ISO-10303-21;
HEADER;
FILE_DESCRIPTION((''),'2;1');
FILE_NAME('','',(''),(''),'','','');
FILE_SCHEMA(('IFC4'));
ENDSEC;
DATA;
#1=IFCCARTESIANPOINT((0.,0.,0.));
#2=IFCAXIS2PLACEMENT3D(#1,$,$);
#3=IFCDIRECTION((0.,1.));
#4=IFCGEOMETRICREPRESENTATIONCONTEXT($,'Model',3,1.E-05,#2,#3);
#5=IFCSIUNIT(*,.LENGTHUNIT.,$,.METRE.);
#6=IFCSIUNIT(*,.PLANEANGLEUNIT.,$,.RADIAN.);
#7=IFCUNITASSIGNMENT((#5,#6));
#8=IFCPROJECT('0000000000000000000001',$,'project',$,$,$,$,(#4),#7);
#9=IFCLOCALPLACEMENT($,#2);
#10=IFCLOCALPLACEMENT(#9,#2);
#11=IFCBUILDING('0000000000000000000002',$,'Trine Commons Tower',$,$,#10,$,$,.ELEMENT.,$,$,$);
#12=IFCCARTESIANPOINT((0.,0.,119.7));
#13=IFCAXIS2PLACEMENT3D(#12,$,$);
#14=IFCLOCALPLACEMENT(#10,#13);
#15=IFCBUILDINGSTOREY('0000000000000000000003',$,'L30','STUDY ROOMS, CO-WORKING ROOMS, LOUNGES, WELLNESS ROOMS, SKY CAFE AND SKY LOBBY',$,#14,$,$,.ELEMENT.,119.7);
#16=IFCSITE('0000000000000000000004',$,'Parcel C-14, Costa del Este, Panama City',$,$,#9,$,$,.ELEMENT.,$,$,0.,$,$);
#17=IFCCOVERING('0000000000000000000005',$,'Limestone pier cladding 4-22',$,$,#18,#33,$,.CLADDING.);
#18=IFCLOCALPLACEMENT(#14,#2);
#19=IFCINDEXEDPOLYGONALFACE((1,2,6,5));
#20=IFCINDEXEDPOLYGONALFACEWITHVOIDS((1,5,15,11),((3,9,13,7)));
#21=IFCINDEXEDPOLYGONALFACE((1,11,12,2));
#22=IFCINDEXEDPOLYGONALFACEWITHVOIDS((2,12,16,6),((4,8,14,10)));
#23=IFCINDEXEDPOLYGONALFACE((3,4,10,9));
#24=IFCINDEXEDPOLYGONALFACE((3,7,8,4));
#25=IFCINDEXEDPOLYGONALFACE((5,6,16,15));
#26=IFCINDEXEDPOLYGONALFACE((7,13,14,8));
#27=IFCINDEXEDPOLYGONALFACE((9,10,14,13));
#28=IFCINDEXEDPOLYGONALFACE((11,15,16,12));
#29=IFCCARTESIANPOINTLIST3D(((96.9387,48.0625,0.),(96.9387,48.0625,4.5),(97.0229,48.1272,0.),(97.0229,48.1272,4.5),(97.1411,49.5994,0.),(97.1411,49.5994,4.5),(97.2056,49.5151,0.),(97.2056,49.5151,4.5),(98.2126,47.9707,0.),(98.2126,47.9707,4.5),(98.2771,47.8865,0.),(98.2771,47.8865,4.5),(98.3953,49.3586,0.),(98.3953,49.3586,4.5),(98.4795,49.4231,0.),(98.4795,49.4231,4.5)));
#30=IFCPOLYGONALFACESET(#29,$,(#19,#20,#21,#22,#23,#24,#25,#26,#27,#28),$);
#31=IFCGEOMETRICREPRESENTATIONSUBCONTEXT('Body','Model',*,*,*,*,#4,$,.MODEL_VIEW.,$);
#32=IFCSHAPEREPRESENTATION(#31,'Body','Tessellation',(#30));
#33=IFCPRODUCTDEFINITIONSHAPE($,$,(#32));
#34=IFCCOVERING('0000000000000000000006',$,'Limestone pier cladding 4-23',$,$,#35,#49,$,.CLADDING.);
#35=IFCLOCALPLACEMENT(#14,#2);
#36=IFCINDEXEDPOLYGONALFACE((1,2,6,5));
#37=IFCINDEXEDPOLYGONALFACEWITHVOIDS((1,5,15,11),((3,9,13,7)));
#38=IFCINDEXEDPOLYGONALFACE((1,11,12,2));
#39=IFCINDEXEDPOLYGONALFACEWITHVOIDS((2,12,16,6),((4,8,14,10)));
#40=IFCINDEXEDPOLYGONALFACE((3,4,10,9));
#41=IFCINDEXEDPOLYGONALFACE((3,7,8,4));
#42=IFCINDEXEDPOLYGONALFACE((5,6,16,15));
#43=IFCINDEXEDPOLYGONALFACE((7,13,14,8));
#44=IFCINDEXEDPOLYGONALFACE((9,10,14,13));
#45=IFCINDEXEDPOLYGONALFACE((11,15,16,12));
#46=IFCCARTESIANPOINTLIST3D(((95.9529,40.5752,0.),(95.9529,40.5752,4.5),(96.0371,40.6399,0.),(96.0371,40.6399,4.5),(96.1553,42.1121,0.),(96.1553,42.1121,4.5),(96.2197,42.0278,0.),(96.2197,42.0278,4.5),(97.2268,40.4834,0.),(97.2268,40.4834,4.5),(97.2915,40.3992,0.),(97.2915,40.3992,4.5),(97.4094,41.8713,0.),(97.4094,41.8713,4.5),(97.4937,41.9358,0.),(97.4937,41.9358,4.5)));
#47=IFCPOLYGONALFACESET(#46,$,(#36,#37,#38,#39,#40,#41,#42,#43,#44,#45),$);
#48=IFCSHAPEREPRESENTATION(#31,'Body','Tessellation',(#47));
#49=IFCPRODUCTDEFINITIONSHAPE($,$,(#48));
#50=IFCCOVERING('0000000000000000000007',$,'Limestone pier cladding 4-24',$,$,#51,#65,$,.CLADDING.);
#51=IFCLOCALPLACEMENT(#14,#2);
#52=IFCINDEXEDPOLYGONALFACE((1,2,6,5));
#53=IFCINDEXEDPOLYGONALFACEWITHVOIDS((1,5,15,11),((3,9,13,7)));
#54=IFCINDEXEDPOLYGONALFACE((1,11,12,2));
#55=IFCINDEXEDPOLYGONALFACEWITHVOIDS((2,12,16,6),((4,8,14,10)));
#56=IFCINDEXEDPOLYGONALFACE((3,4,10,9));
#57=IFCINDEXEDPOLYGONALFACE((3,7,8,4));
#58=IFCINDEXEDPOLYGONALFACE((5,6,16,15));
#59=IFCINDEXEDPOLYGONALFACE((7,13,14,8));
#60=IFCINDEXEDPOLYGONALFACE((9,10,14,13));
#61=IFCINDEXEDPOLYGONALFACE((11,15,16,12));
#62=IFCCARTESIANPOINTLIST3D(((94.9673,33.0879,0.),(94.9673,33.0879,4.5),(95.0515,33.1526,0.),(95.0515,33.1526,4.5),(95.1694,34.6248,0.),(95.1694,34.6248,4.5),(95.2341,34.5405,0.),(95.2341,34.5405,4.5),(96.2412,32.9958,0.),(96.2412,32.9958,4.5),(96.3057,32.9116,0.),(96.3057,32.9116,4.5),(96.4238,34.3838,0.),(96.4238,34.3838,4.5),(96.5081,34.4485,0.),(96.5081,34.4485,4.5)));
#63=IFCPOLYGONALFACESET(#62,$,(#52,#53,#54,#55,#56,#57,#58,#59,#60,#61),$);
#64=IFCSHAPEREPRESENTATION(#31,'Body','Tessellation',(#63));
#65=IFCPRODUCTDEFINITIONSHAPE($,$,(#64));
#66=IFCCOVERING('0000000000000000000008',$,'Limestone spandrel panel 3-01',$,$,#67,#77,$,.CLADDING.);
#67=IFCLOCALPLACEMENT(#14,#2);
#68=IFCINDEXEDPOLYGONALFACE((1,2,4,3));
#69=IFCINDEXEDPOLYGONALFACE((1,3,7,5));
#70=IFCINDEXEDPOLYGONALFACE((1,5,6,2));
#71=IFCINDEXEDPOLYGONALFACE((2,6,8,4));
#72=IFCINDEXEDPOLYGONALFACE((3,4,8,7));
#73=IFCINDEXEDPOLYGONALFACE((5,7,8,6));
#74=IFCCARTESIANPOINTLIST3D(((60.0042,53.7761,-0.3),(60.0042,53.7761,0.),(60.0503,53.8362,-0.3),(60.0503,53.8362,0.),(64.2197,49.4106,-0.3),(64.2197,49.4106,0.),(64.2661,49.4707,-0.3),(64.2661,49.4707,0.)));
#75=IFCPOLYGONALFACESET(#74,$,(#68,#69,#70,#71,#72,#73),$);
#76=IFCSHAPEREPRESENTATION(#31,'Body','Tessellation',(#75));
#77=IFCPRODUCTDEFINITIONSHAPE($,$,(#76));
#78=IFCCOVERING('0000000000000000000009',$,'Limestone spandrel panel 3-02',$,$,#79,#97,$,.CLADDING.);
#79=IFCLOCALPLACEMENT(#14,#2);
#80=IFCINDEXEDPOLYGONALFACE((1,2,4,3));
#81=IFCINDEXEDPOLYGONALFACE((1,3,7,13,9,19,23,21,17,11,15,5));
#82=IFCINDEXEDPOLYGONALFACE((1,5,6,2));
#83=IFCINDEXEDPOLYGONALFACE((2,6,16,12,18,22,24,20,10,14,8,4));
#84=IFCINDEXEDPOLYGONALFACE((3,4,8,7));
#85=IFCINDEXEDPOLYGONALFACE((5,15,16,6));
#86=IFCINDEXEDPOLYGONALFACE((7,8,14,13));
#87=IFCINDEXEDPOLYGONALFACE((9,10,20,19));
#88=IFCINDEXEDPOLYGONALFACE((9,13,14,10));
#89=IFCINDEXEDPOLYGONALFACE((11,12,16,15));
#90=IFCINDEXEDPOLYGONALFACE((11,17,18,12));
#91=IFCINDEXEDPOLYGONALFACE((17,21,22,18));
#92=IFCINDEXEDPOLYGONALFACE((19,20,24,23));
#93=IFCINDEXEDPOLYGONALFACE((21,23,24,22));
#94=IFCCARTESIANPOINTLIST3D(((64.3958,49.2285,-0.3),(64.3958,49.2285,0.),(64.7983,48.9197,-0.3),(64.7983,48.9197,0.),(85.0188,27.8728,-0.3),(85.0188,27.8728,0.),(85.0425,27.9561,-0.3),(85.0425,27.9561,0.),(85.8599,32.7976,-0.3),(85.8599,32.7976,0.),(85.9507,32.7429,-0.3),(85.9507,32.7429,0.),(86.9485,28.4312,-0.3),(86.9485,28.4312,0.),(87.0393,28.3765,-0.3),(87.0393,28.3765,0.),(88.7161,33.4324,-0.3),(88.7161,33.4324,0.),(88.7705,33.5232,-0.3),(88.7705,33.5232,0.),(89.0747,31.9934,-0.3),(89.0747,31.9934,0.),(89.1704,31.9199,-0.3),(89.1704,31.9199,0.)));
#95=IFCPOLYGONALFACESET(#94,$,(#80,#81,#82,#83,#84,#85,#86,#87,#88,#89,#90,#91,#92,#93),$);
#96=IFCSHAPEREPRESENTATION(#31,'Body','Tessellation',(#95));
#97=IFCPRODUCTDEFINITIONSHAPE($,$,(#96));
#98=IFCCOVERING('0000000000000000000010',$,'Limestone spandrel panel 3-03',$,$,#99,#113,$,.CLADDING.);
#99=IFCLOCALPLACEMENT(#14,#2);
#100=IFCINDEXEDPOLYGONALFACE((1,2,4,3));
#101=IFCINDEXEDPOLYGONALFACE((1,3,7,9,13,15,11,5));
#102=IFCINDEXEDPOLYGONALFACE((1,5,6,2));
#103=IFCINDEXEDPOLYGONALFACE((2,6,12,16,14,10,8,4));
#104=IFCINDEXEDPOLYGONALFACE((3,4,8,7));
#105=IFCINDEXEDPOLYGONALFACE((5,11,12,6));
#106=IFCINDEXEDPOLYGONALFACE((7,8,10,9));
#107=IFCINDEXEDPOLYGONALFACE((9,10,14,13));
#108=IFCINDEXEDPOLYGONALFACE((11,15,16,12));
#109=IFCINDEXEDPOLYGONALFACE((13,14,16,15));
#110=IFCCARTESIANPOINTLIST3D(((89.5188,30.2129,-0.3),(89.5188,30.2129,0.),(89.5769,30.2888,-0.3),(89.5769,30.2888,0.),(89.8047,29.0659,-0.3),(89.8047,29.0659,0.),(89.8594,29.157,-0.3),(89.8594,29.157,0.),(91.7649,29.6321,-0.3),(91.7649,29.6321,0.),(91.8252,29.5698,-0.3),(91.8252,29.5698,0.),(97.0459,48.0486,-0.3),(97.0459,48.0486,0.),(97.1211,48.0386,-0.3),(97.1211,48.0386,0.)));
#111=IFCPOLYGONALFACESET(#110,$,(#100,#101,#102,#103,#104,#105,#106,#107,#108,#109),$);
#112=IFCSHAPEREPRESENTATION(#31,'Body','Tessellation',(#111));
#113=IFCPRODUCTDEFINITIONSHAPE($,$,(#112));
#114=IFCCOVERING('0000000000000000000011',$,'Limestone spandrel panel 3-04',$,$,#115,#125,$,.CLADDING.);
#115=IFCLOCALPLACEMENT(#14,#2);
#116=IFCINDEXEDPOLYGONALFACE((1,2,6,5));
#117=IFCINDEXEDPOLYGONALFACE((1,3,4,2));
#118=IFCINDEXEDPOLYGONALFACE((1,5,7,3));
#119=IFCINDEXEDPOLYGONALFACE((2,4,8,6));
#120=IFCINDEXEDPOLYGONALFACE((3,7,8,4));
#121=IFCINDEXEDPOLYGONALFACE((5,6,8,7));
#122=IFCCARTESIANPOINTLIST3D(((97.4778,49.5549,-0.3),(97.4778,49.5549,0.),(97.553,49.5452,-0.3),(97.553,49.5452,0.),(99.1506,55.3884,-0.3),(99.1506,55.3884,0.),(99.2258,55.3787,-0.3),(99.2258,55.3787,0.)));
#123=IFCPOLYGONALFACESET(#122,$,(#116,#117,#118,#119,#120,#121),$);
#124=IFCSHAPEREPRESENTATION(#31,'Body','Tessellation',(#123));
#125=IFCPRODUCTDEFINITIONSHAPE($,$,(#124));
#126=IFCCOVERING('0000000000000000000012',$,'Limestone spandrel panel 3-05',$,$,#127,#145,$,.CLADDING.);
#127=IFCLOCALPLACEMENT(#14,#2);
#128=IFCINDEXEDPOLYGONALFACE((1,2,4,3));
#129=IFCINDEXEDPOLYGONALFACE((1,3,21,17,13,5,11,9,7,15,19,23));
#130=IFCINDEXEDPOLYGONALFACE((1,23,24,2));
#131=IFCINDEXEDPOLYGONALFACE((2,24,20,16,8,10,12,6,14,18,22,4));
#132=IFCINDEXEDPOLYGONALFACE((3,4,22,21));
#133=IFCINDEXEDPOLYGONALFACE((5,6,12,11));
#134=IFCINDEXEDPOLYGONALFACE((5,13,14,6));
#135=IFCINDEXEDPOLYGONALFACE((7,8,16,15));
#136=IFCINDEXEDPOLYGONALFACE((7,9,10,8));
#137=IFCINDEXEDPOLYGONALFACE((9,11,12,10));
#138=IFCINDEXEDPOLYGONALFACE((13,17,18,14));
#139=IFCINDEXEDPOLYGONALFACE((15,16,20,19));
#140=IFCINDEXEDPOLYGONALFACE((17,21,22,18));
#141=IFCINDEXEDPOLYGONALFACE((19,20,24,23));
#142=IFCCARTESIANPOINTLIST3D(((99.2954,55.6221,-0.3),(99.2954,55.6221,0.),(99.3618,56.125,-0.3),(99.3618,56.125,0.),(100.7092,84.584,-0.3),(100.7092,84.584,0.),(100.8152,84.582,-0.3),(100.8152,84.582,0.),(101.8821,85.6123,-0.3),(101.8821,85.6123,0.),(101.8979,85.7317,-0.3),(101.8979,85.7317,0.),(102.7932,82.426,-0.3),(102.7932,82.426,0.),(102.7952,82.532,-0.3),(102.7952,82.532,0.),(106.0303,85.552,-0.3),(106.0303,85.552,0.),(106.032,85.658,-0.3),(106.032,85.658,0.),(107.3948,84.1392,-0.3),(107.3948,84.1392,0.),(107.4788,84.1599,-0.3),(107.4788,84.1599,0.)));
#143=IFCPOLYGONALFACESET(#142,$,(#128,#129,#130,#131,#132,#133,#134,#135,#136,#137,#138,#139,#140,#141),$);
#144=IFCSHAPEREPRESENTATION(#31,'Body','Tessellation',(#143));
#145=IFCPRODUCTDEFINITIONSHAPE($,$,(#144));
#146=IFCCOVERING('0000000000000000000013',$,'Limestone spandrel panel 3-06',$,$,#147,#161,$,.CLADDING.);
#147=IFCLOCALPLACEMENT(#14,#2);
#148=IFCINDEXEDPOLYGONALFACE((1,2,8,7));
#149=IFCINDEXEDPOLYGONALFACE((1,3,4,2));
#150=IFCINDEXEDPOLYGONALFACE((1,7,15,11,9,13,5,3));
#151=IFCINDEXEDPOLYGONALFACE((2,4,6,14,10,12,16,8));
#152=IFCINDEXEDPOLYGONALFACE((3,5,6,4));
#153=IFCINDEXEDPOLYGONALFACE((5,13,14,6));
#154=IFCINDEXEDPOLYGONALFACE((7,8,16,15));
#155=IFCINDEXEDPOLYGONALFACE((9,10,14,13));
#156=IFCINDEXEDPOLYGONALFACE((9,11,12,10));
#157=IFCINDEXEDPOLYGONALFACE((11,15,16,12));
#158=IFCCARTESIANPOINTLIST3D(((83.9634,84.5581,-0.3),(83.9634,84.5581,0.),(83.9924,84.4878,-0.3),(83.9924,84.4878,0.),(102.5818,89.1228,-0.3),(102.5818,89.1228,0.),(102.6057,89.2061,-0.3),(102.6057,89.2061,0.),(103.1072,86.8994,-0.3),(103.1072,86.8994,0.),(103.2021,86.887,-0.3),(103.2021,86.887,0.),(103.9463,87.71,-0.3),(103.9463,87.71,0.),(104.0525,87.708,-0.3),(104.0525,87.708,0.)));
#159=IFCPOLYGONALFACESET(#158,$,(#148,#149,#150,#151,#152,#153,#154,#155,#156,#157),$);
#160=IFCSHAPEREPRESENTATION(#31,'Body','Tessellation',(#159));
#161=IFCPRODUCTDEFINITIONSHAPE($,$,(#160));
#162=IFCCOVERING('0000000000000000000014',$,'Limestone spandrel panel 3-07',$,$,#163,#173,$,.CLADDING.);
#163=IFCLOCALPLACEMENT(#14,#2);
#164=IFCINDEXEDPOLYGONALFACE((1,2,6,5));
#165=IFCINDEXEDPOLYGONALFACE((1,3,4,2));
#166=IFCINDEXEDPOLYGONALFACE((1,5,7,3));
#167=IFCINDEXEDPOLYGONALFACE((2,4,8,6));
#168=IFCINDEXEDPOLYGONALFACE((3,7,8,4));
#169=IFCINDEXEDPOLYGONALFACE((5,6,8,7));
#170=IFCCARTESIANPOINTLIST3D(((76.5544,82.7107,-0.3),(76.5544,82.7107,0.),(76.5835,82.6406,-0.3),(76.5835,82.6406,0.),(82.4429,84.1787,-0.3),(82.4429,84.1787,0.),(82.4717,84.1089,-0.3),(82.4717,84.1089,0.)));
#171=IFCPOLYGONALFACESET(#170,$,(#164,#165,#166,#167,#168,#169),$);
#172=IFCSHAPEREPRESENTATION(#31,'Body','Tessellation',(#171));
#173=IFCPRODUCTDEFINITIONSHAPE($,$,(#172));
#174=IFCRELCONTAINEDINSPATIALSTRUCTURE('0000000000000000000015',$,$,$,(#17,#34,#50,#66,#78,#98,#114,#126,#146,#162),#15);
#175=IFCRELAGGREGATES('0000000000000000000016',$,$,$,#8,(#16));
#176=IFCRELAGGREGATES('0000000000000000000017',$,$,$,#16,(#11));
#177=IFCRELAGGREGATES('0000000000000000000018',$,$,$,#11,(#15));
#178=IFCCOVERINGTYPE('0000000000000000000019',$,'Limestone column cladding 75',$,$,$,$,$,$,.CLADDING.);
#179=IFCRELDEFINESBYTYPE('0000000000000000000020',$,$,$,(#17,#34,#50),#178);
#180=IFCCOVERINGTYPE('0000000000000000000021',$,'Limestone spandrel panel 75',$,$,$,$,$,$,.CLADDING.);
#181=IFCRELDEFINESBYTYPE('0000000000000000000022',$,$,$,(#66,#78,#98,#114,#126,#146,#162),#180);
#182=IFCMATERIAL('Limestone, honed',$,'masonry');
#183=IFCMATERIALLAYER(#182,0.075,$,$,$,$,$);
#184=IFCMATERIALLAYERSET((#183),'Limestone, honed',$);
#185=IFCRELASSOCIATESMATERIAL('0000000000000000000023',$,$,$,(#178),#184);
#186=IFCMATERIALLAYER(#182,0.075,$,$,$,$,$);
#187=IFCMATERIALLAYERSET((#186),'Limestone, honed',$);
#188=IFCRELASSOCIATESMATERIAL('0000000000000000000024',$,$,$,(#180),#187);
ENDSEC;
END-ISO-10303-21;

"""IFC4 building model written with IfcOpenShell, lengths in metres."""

from ifc_helpers import new_model, si_unit, direction, frame, origin, place, context, subcontext, project, spatial, polyline, outline, extrude, material, layer, layer_set, type_object, element, save


model = new_model("IFC4")

# Units and contexts
model_context = context("Model", 3, precision=1e-05, world=origin(), true_north=direction((0.0, 1.0)))
body_context = subcontext(model_context, "Body", "Model", "MODEL_VIEW")
ifc_project = project(units=[si_unit("LENGTHUNIT", "METRE"), si_unit("PLANEANGLEUNIT", "RADIAN")], contexts=[model_context])

# Site, building, storey
site_placement = place(None, origin())
site = spatial("IfcSite", under=ifc_project, at=site_placement, Name="Parcel C-14, Costa del Este, Panama City", CompositionType="ELEMENT", RefElevation=0.0)
building_placement = place(site_placement, origin())
building = spatial("IfcBuilding", under=site, at=building_placement, Name="Trine Commons Tower", CompositionType="ELEMENT")
storey_placement = place(building_placement, frame((0.0, 0.0, 119.7)))
storey = spatial("IfcBuildingStorey", under=building, at=storey_placement, Name="L30", Description="STUDY ROOMS, CO-WORKING ROOMS, LOUNGES, WELLNESS ROOMS, SKY CAFE AND SKY LOBBY", CompositionType="ELEMENT", Elevation=119.7)

# Coverings
ifc_material_1 = material(Name="Limestone, honed", Category="masonry")
ifc_layer_1 = layer(ifc_material_1, 0.075)
ifc_layer_set_1 = layer_set([ifc_layer_1], Name="Limestone, honed")
covering_type_1 = type_object("IfcCoveringType", Name="Limestone column cladding 75", PredefinedType="CLADDING", material=ifc_layer_set_1)
covering_1_placement = place(storey_placement, origin())
element("IfcCovering", 1, at=covering_1_placement, inside=storey, type_object=covering_type_1, Name="Limestone pier cladding 4-22", PredefinedType="CLADDING", context=body_context, shape_type="SweptSolid", body=[
    extrude(outline(polyline([(98.4795, 49.4231), (97.1411, 49.5994), (96.9387, 48.0625), (98.2771, 47.8865), (98.4795, 49.4231)]), holes=[polyline([(98.3953, 49.3586), (97.2056, 49.5151), (97.0229, 48.1272), (98.2126, 47.9707), (98.3953, 49.3586)])]), origin(), (0.0, 0.0, 1.0), 4.5),
])
covering_2_placement = place(storey_placement, origin())
element("IfcCovering", 2, at=covering_2_placement, inside=storey, type_object=covering_type_1, Name="Limestone pier cladding 4-23", PredefinedType="CLADDING", context=body_context, shape_type="SweptSolid", body=[
    extrude(outline(polyline([(97.4937, 41.9358), (96.1553, 42.1121), (95.9529, 40.5752), (97.2915, 40.3992), (97.4937, 41.9358)]), holes=[polyline([(97.4094, 41.8713), (96.2197, 42.0278), (96.0371, 40.6399), (97.2268, 40.4834), (97.4094, 41.8713)])]), origin(), (0.0, 0.0, 1.0), 4.5),
])
covering_3_placement = place(storey_placement, origin())
element("IfcCovering", 3, at=covering_3_placement, inside=storey, type_object=covering_type_1, Name="Limestone pier cladding 4-24", PredefinedType="CLADDING", context=body_context, shape_type="SweptSolid", body=[
    extrude(outline(polyline([(96.5081, 34.4485), (95.1694, 34.6248), (94.9673, 33.0879), (96.3057, 32.9116), (96.5081, 34.4485)]), holes=[polyline([(96.4238, 34.3838), (95.2341, 34.5405), (95.0515, 33.1526), (96.2412, 32.9958), (96.4238, 34.3838)])]), origin(), (0.0, 0.0, 1.0), 4.5),
])
ifc_layer_2 = layer(ifc_material_1, 0.075)
ifc_layer_set_2 = layer_set([ifc_layer_2], Name="Limestone, honed")
covering_type_2 = type_object("IfcCoveringType", Name="Limestone spandrel panel 75", PredefinedType="CLADDING", material=ifc_layer_set_2)
covering_4_placement = place(storey_placement, frame((0.0, 0.0, -0.3)))
element("IfcCovering", 4, at=covering_4_placement, inside=storey, type_object=covering_type_2, Name="Limestone spandrel panel 3-01", PredefinedType="CLADDING", context=body_context, shape_type="SweptSolid", body=[
    extrude(outline(polyline([(60.0042, 53.7761), (64.2197, 49.4106), (64.2661, 49.4707), (60.0503, 53.8362), (60.0042, 53.7761)])), origin(), (0.0, 0.0, 1.0), 0.3),
])
covering_5_placement = place(storey_placement, frame((0.0, 0.0, -0.3)))
element("IfcCovering", 5, at=covering_5_placement, inside=storey, type_object=covering_type_2, Name="Limestone spandrel panel 3-02", PredefinedType="CLADDING", context=body_context, shape_type="SweptSolid", body=[
    extrude(outline(polyline([(88.7161, 33.4324), (89.0747, 31.9934), (89.1704, 31.9199), (88.7705, 33.5232), (85.8599, 32.7976), (86.9485, 28.4312), (85.0425, 27.9561), (64.7983, 48.9197), (64.3958, 49.2285), (85.0188, 27.8728), (87.0393, 28.3765), (85.9507, 32.7429), (88.7161, 33.4324)])), origin(), (0.0, 0.0, 1.0), 0.3),
])
covering_6_placement = place(storey_placement, frame((0.0, 0.0, -0.3)))
element("IfcCovering", 6, at=covering_6_placement, inside=storey, type_object=covering_type_2, Name="Limestone spandrel panel 3-03", PredefinedType="CLADDING", context=body_context, shape_type="SweptSolid", body=[
    extrude(outline(polyline([(89.5188, 30.2129), (89.8047, 29.0659), (91.8252, 29.5698), (97.1211, 48.0386), (97.0459, 48.0486), (91.7649, 29.6321), (89.8594, 29.157), (89.5769, 30.2888), (89.5188, 30.2129)])), origin(), (0.0, 0.0, 1.0), 0.3),
])
covering_7_placement = place(storey_placement, frame((0.0, 0.0, -0.3)))
element("IfcCovering", 7, at=covering_7_placement, inside=storey, type_object=covering_type_2, Name="Limestone spandrel panel 3-04", PredefinedType="CLADDING", context=body_context, shape_type="SweptSolid", body=[
    extrude(outline(polyline([(97.553, 49.5452), (99.2258, 55.3787), (99.1506, 55.3884), (97.4778, 49.5549), (97.553, 49.5452)])), origin(), (0.0, 0.0, 1.0), 0.3),
])
covering_8_placement = place(storey_placement, frame((0.0, 0.0, -0.3)))
element("IfcCovering", 8, at=covering_8_placement, inside=storey, type_object=covering_type_2, Name="Limestone spandrel panel 3-05", PredefinedType="CLADDING", context=body_context, shape_type="SweptSolid", body=[
    extrude(outline(polyline([(100.8152, 84.582), (101.8821, 85.6123), (101.8979, 85.7317), (100.7092, 84.584), (102.7932, 82.426), (106.0303, 85.552), (107.3948, 84.1392), (99.3618, 56.125), (99.2954, 55.6221), (107.4788, 84.1599), (106.032, 85.658), (102.7952, 82.532), (100.8152, 84.582)])), origin(), (0.0, 0.0, 1.0), 0.3),
])
covering_9_placement = place(storey_placement, frame((0.0, 0.0, -0.3)))
element("IfcCovering", 9, at=covering_9_placement, inside=storey, type_object=covering_type_2, Name="Limestone spandrel panel 3-06", PredefinedType="CLADDING", context=body_context, shape_type="SweptSolid", body=[
    extrude(outline(polyline([(102.6057, 89.2061), (83.9634, 84.5581), (83.9924, 84.4878), (102.5818, 89.1228), (103.9463, 87.71), (103.1072, 86.8994), (103.2021, 86.887), (104.0525, 87.708), (102.6057, 89.2061)])), origin(), (0.0, 0.0, 1.0), 0.3),
])
covering_10_placement = place(storey_placement, frame((0.0, 0.0, -0.3)))
element("IfcCovering", 10, at=covering_10_placement, inside=storey, type_object=covering_type_2, Name="Limestone spandrel panel 3-07", PredefinedType="CLADDING", context=body_context, shape_type="SweptSolid", body=[
    extrude(outline(polyline([(82.4429, 84.1787), (76.5544, 82.7107), (76.5835, 82.6406), (82.4717, 84.1089), (82.4429, 84.1787)])), origin(), (0.0, 0.0, 1.0), 0.3),
])

save(model, "model.ifc")
